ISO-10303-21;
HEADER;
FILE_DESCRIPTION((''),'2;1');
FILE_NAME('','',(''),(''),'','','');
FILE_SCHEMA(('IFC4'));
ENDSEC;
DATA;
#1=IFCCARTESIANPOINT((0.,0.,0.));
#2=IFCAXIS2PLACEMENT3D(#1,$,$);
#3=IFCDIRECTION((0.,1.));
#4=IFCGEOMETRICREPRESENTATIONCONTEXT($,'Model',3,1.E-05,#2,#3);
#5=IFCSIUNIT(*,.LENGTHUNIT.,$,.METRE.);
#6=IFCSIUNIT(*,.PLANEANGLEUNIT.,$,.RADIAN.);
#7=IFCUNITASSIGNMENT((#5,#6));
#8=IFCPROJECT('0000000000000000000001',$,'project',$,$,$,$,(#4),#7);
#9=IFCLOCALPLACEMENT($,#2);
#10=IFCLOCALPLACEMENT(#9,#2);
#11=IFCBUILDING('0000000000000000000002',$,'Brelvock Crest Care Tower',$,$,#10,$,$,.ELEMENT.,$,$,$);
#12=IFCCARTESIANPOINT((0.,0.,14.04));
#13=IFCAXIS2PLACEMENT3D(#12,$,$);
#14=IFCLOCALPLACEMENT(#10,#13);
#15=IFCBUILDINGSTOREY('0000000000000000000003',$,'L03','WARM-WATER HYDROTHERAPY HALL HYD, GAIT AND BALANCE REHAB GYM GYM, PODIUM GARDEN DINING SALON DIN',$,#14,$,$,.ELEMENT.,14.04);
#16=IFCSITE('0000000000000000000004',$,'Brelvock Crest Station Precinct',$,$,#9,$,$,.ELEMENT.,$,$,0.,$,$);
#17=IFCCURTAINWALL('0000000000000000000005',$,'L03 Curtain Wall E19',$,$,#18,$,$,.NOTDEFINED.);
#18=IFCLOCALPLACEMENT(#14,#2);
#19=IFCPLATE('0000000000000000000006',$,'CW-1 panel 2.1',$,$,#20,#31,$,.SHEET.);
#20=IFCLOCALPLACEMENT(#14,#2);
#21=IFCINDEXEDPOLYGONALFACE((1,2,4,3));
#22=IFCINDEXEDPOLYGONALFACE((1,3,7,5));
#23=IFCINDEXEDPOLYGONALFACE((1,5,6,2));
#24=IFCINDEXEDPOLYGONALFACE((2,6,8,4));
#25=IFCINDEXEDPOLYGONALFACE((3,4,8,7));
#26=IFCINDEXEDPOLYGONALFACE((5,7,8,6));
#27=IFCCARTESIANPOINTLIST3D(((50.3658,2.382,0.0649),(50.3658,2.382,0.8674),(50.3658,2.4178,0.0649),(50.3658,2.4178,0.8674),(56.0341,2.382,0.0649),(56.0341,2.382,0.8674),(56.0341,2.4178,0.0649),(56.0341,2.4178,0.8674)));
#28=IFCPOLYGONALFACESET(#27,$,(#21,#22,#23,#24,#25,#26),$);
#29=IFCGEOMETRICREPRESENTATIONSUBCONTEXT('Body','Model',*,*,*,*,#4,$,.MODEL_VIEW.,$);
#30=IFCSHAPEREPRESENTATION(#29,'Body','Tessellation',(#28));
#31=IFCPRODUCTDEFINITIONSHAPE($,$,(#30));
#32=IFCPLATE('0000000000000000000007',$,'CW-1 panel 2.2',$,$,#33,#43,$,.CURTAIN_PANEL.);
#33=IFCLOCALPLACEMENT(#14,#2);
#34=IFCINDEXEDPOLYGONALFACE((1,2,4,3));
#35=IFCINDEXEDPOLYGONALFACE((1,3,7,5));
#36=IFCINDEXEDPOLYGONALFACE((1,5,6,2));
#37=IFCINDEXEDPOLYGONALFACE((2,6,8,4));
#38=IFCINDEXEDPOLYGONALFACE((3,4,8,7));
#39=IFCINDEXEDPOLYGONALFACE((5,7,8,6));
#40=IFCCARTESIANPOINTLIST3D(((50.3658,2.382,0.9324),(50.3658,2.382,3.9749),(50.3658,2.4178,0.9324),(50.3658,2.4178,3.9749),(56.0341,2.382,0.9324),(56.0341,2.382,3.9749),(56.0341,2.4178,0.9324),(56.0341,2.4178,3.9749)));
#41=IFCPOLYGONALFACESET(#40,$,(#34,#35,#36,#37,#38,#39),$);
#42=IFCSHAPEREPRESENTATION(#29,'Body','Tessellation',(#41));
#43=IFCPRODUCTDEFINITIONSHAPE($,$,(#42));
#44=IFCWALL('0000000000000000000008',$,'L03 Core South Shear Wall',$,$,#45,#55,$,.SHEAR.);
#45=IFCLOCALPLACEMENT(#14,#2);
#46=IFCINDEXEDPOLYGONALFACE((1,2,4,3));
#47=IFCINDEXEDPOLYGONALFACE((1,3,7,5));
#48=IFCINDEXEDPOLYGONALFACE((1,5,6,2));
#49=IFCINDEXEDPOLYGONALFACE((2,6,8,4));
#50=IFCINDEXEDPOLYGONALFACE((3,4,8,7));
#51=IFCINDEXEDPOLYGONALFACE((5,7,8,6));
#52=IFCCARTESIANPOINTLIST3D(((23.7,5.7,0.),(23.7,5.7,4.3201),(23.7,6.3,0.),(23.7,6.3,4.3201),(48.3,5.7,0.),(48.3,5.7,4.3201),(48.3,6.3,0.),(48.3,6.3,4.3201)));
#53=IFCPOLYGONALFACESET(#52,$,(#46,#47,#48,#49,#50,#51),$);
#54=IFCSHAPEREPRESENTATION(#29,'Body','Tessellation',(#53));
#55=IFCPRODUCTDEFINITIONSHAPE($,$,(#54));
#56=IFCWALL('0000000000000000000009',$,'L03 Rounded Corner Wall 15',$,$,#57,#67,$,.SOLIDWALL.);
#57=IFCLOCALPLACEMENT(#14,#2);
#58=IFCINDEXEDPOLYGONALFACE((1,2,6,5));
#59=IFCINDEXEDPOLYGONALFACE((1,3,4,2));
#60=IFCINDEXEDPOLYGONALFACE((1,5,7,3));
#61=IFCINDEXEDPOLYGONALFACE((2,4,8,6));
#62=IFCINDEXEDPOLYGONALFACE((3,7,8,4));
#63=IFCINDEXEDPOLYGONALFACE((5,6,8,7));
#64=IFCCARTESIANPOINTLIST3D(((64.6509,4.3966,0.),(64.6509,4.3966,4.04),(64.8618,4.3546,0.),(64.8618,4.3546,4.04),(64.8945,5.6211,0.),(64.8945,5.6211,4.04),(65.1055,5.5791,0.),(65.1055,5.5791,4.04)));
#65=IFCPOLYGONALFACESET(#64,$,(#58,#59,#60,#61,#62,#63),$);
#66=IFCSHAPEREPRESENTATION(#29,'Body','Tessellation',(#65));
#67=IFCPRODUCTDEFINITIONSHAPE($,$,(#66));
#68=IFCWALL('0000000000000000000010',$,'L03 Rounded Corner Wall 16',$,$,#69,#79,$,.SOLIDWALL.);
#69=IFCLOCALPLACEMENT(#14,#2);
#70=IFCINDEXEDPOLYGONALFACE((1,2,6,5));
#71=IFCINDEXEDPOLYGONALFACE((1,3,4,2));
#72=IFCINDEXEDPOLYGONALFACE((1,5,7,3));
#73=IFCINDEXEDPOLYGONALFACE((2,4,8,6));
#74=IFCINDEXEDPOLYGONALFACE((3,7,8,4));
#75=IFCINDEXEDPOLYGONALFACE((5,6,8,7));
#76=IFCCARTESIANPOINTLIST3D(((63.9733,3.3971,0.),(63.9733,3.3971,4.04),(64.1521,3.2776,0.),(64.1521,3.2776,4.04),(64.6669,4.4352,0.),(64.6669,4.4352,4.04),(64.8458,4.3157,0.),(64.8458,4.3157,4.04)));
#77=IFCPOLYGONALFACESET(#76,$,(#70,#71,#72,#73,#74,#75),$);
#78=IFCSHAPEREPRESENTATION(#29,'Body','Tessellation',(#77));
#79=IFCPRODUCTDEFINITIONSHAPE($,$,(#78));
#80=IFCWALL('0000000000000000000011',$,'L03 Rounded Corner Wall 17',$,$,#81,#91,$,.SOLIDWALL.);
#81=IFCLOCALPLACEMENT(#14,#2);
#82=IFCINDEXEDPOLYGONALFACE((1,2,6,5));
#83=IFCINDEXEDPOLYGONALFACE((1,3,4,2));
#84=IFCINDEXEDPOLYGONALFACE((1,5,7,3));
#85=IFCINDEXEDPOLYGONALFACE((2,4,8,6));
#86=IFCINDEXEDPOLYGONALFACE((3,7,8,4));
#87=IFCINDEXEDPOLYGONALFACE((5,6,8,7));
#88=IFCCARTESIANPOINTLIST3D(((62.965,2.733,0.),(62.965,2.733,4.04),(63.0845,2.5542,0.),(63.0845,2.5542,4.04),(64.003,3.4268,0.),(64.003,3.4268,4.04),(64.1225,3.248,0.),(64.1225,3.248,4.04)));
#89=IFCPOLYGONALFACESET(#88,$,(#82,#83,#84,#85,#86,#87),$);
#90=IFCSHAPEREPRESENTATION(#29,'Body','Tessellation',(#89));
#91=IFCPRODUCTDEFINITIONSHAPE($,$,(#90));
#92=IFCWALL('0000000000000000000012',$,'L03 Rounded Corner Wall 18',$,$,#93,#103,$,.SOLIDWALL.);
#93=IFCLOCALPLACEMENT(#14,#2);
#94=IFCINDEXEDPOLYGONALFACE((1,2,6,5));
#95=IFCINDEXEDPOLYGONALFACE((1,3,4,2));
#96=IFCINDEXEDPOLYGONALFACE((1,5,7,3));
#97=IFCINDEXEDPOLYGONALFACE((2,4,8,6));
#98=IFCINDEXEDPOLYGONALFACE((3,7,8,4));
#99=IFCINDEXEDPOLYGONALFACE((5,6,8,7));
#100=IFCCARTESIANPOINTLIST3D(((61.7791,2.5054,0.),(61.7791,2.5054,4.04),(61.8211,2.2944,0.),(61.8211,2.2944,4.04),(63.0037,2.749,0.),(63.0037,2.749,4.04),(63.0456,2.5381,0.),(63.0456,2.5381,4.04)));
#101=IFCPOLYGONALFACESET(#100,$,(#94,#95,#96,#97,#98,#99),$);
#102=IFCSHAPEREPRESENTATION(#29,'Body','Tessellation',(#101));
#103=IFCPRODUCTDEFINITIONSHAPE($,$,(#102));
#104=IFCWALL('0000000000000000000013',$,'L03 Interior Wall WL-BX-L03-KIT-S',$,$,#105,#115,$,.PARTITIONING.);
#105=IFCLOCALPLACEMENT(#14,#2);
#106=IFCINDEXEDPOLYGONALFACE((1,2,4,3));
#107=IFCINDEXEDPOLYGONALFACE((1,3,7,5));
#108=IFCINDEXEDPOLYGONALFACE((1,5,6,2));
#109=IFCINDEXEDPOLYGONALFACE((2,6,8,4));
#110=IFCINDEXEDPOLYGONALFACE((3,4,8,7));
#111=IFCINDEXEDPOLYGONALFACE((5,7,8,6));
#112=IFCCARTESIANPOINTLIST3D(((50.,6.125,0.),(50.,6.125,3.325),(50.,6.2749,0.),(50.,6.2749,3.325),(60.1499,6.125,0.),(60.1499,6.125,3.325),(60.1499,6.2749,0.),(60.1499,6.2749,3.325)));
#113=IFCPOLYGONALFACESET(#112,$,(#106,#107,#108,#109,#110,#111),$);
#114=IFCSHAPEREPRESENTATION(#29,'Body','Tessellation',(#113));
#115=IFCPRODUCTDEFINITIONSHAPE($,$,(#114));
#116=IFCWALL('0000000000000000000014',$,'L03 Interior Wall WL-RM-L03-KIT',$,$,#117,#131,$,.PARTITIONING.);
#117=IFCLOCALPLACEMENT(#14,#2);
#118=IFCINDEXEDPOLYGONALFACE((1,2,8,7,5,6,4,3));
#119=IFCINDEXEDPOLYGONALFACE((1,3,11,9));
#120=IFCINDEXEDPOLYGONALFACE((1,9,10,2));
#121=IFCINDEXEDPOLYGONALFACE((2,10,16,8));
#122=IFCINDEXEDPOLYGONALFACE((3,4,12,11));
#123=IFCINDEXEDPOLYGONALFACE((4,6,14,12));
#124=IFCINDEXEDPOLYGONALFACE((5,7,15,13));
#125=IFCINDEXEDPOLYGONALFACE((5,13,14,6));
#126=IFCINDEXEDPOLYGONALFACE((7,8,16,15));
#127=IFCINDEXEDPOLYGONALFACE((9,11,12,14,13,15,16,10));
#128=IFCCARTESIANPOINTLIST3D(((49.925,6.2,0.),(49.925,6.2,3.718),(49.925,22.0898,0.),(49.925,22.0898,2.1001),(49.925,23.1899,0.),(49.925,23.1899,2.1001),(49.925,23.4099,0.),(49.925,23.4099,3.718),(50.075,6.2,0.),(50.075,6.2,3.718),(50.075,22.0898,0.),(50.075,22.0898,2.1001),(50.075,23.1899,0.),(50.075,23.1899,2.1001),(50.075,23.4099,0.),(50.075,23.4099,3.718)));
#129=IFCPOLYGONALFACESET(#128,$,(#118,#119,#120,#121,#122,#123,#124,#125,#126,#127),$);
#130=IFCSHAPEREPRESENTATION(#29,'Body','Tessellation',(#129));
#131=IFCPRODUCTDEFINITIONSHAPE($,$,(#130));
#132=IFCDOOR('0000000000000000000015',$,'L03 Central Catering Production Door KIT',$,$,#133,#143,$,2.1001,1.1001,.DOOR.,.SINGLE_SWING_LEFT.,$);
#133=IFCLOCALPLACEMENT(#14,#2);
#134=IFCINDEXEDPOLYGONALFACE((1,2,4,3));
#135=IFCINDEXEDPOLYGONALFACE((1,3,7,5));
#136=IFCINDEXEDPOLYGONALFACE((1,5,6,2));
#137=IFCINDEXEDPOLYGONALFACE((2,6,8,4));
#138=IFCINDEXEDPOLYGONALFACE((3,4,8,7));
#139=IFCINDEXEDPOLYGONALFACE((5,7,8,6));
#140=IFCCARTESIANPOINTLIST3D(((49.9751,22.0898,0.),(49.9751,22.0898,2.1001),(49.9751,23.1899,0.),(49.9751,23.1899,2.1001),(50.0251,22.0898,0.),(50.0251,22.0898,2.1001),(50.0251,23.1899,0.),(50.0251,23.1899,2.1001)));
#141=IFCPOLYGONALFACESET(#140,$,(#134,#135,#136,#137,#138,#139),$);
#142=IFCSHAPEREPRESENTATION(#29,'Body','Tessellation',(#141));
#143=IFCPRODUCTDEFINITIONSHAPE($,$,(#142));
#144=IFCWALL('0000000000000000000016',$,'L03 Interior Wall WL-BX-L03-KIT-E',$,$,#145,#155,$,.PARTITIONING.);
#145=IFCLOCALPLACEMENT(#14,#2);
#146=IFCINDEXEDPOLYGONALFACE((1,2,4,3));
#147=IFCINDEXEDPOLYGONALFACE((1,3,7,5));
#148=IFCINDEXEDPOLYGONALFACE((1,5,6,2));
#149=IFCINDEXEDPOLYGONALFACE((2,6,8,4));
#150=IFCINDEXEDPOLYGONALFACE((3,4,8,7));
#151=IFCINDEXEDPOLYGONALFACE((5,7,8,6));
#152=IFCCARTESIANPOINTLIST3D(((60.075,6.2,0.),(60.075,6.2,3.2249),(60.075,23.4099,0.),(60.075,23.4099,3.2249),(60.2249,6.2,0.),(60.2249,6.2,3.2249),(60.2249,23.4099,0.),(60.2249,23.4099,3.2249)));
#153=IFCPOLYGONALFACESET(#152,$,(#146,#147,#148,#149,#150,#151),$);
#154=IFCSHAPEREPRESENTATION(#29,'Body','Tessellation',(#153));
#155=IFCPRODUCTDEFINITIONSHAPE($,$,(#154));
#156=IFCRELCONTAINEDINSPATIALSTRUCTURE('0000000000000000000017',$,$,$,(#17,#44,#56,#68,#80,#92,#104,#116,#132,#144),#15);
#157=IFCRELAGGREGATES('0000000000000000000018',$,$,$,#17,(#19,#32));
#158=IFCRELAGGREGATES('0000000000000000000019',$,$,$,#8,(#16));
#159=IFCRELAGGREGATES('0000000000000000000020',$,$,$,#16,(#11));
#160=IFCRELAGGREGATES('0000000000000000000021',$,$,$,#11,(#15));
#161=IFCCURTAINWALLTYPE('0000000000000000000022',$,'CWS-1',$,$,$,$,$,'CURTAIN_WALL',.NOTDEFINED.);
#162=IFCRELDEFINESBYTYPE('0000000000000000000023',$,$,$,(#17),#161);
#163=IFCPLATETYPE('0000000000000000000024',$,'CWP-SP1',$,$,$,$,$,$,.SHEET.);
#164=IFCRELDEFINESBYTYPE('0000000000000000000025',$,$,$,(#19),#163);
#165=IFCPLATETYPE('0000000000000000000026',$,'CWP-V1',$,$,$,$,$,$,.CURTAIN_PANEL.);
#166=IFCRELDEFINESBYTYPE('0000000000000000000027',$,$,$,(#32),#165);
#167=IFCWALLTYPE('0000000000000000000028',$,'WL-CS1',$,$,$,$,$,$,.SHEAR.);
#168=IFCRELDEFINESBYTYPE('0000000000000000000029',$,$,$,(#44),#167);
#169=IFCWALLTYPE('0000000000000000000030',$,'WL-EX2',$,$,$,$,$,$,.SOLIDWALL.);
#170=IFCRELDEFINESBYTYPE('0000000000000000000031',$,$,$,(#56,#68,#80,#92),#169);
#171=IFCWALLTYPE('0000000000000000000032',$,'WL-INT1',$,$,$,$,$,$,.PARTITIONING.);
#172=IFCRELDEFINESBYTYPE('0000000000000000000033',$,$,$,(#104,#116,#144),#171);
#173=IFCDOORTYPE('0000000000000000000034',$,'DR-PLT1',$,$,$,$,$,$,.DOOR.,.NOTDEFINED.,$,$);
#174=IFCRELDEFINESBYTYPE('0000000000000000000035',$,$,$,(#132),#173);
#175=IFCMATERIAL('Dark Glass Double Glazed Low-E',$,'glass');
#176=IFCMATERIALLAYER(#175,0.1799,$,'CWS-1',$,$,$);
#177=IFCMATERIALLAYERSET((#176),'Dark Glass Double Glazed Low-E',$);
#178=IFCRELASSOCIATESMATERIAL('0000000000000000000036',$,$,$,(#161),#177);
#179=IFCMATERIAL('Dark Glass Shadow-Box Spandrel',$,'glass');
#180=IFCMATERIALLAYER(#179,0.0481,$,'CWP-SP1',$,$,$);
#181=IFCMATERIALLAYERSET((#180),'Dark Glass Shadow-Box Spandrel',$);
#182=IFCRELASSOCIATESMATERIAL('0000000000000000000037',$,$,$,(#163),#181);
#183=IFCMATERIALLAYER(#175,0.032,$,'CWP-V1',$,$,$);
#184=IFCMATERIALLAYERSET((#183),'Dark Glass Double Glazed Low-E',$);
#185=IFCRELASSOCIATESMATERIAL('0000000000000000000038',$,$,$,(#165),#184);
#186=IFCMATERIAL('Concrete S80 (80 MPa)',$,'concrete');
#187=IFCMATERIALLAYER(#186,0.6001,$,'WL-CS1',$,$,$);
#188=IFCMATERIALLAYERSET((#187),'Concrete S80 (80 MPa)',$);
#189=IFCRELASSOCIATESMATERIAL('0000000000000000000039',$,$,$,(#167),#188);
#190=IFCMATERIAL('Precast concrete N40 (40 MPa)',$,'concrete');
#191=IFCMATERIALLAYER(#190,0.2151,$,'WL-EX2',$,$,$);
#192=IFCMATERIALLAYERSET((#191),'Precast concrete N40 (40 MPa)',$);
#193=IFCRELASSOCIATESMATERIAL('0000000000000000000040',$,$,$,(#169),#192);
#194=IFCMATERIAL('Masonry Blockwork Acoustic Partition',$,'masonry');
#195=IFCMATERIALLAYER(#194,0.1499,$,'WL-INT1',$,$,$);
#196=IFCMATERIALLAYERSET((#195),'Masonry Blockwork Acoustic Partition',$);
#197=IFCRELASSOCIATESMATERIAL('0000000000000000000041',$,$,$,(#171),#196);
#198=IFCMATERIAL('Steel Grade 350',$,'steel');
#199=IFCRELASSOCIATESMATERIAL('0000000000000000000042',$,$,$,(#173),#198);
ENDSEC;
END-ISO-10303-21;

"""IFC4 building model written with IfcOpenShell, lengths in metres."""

from ifc_helpers import new_model, si_unit, direction, frame, frame_2d, origin, origin_2d, place, context, subcontext, project, spatial, rectangle, extrude, source, transform, mapped, material, layer, layer_set, type_object, element, fill, aggregate, save


model = new_model("IFC4")

# Units and contexts
model_context = context("Model", 3, precision=1e-05, world=origin(), true_north=direction((0.0, 1.0)))
body_context = subcontext(model_context, "Body", "Model", "MODEL_VIEW")
ifc_project = project(units=[si_unit("LENGTHUNIT", "METRE"), si_unit("PLANEANGLEUNIT", "RADIAN")], contexts=[model_context])

# Site, building, storey
site_placement = place(None, origin())
site = spatial("IfcSite", under=ifc_project, at=site_placement, Name="Brelvock Crest Station Precinct", CompositionType="ELEMENT", RefElevation=0.0)
building_placement = place(site_placement, origin())
building = spatial("IfcBuilding", under=site, at=building_placement, Name="Brelvock Crest Care Tower", CompositionType="ELEMENT")
storey_placement = place(building_placement, frame((0.0, 0.0, 14.04)))
storey = spatial("IfcBuildingStorey", under=building, at=storey_placement, Name="L03", Description="WARM-WATER HYDROTHERAPY HALL HYD, GAIT AND BALANCE REHAB GYM GYM, PODIUM GARDEN DINING SALON DIN", CompositionType="ELEMENT", Elevation=14.04)

# Shared definitions
ifc_material_1 = material(Name="Steel Grade 350", Category="steel")

# Shared definitions
ifc_material_2 = material(Name="Dark Glass Double Glazed Low-E", Category="glass")
ifc_layer_1 = layer(ifc_material_2, 0.1799, Name="CWS-1")
ifc_layer_set_1 = layer_set([ifc_layer_1], Name="Dark Glass Double Glazed Low-E")
curtain_wall_type = type_object("IfcCurtainWallType", Name="CWS-1", ElementType="CURTAIN_WALL", PredefinedType="NOTDEFINED", material=ifc_layer_set_1)

# Curtain wall
curtain_wall_1_placement = place(storey_placement, origin())
curtain_wall_1 = element("IfcCurtainWall", 1, at=curtain_wall_1_placement, inside=storey, type_object=curtain_wall_type, Name="L03 Curtain Wall E19", PredefinedType="NOTDEFINED")

# Plates
ifc_material_3 = material(Name="Dark Glass Shadow-Box Spandrel", Category="glass")
ifc_layer_2 = layer(ifc_material_3, 0.0481, Name="CWP-SP1")
ifc_layer_set_2 = layer_set([ifc_layer_2], Name="Dark Glass Shadow-Box Spandrel")
plate_type_1 = type_object("IfcPlateType", Name="CWP-SP1", PredefinedType="SHEET", material=ifc_layer_set_2)
ifc_layer_3 = layer(ifc_material_2, 0.032, Name="CWP-V1")
ifc_layer_set_3 = layer_set([ifc_layer_3], Name="Dark Glass Double Glazed Low-E")
plate_type_2 = type_object("IfcPlateType", Name="CWP-V1", PredefinedType="CURTAIN_PANEL", material=ifc_layer_set_3)
shared_shape_1 = source(origin(), body_context, "Body", "SweptSolid", [
    extrude(rectangle(XDim=5.6682, YDim=0.0359, at=origin_2d()), origin(), (0.0, 0.0, 1.0), 0.8025),
])
plate_1_placement = place(storey_placement, frame((53.2, 2.3999, 0.0649), z_axis=(0.0, 0.0, 1.0), x_axis=(-1.0, 0.0, 0.0)))
plate_1 = element("IfcPlate", 2, at=plate_1_placement, type_object=plate_type_1, Name="CW-1 panel 2.1", PredefinedType="SHEET", context=body_context, shape_type="MappedRepresentation", body=[
    mapped(shared_shape_1, transform((0.0, 0.0, 0.0), x_axis=(1.0, 0.0, 0.0), y_axis=(0.0, 1.0, 0.0), z_axis=(0.0, 0.0, 1.0), scale=1.0)),
])
shared_shape_2 = source(origin(), body_context, "Body", "SweptSolid", [
    extrude(rectangle(XDim=5.6682, YDim=0.0359, at=origin_2d()), origin(), (0.0, 0.0, 1.0), 3.0425),
])
plate_2_placement = place(storey_placement, frame((53.2, 2.3999, 0.9324), z_axis=(0.0, 0.0, 1.0), x_axis=(-1.0, 0.0, 0.0)))
plate_2 = element("IfcPlate", 3, at=plate_2_placement, type_object=plate_type_2, Name="CW-1 panel 2.2", PredefinedType="CURTAIN_PANEL", context=body_context, shape_type="MappedRepresentation", body=[
    mapped(shared_shape_2, transform((0.0, 0.0, 0.0), x_axis=(1.0, 0.0, 0.0), y_axis=(0.0, 1.0, 0.0), z_axis=(0.0, 0.0, 1.0), scale=1.0)),
])
aggregate(curtain_wall_1, [plate_1, plate_2])

# Walls
ifc_material_4 = material(Name="Concrete S80 (80 MPa)", Category="concrete")
ifc_layer_4 = layer(ifc_material_4, 0.6001, Name="WL-CS1")
ifc_layer_set_4 = layer_set([ifc_layer_4], Name="Concrete S80 (80 MPa)")
wall_type_1 = type_object("IfcWallType", Name="WL-CS1", PredefinedType="SHEAR", material=ifc_layer_set_4)
wall_1_placement = place(storey_placement, frame((48.3, 6.0, 0.0), z_axis=(0.0, 0.0, 1.0), x_axis=(-1.0, 0.0, 0.0)))
element("IfcWall", 4, at=wall_1_placement, inside=storey, type_object=wall_type_1, Name="L03 Core South Shear Wall", PredefinedType="SHEAR", context=body_context, shape_type="SweptSolid", body=[
    extrude(rectangle(XDim=24.6001, YDim=0.6001, at=frame_2d((12.3, 0.0))), origin(), (0.0, 0.0, 1.0), 4.3201),
])
ifc_material_5 = material(Name="Precast concrete N40 (40 MPa)", Category="concrete")
ifc_layer_5 = layer(ifc_material_5, 0.2151, Name="WL-EX2")
ifc_layer_set_5 = layer_set([ifc_layer_5], Name="Precast concrete N40 (40 MPa)")
wall_type_2 = type_object("IfcWallType", Name="WL-EX2", PredefinedType="SOLIDWALL", material=ifc_layer_set_5)
for number, where, z_axis, x_axis, name in (
    (5, (65.0, 5.6001, 0.0), (0.0, 0.0, 1.0), (-0.195138, -0.980776, 0.0), "L03 Rounded Corner Wall 15"),
    (6, (64.7563, 4.3755, 0.0), (0.0, 0.0, 1.0), (-0.555557, -0.831478, 0.0), "L03 Rounded Corner Wall 16"),
    (7, (64.0627, 3.3374, 0.0), (0.0, 0.0, 1.0), (-0.831388, -0.555692, 0.0), "L03 Rounded Corner Wall 17"),
    (8, (63.0247, 2.6436, 0.0), (0.0, 0.0, 1.0), (-0.980776, -0.195138, 0.0), "L03 Rounded Corner Wall 18"),
):
    element("IfcWall", number, at=place(storey_placement, frame(where, z_axis=z_axis, x_axis=x_axis)), inside=storey, type_object=wall_type_2, Name=name, PredefinedType="SOLIDWALL", context=body_context, shape_type="SweptSolid", body=[
        extrude(rectangle(XDim=1.2485, YDim=0.2151, at=frame_2d((0.6243, 0.0))), origin(), (0.0, 0.0, 1.0), 4.04),
    ])
ifc_material_6 = material(Name="Masonry Blockwork Acoustic Partition", Category="masonry")
ifc_layer_6 = layer(ifc_material_6, 0.1499, Name="WL-INT1")
ifc_layer_set_6 = layer_set([ifc_layer_6], Name="Masonry Blockwork Acoustic Partition")
wall_type_3 = type_object("IfcWallType", Name="WL-INT1", PredefinedType="PARTITIONING", material=ifc_layer_set_6)
wall_2_placement = place(storey_placement, frame((50.0, 6.2, 0.0), z_axis=(0.0, 0.0, 1.0), x_axis=(1.0, 0.0, 0.0)))
element("IfcWall", 9, at=wall_2_placement, inside=storey, type_object=wall_type_3, Name="L03 Interior Wall WL-BX-L03-KIT-S", PredefinedType="PARTITIONING", context=body_context, shape_type="SweptSolid", body=[
    extrude(rectangle(XDim=10.1499, YDim=0.1499, at=frame_2d((5.075, 0.0))), origin(), (0.0, 0.0, 1.0), 3.325),
])

# Wall, opening, door
wall_3_placement = place(storey_placement, frame((50.0, 6.2, 0.0), z_axis=(0.0, 0.0, 1.0), x_axis=(0.0, 1.0, 0.0)))
wall_3 = element("IfcWall", 10, at=wall_3_placement, inside=storey, type_object=wall_type_3, Name="L03 Interior Wall WL-RM-L03-KIT", PredefinedType="PARTITIONING", context=body_context, shape_type="SweptSolid", body=[
    extrude(rectangle(XDim=17.21, YDim=0.1499, at=frame_2d((8.605, 0.0))), origin(), (0.0, 0.0, 1.0), 3.718),
])
opening_placement = place(wall_3_placement, frame((15.8899, 0.0, 0.0)))
opening = element("IfcOpeningElement", 11, at=opening_placement, cuts=wall_3, PredefinedType="OPENING", context=body_context, shape_type="SweptSolid", body=[
    extrude(rectangle(XDim=1.1001, YDim=2.1001, at=origin_2d()), frame((0.55, 0.085, 1.05), z_axis=(0.0, -1.0, 0.0), x_axis=(1.0, 0.0, 0.0)), (0.0, 0.0, 1.0), 0.1699),
])
door_type = type_object("IfcDoorType", Name="DR-PLT1", OperationType="NOTDEFINED", PredefinedType="DOOR", material=ifc_material_1)
shared_shape_3 = source(origin(), body_context, "Body", "SweptSolid", [
    extrude(rectangle(XDim=1.1001, YDim=2.1001, at=origin_2d()), frame((0.55, 0.0249, 1.05), z_axis=(0.0, -1.0, 0.0), x_axis=(1.0, 0.0, 0.0)), (0.0, 0.0, 1.0), 0.05),
])
door_placement = place(opening_placement, origin())
door = element("IfcDoor", 12, at=door_placement, inside=storey, type_object=door_type, Name="L03 Central Catering Production Door KIT", OperationType="SINGLE_SWING_LEFT", OverallHeight=2.1001, OverallWidth=1.1001, PredefinedType="DOOR", context=body_context, shape_type="MappedRepresentation", body=[
    mapped(shared_shape_3, transform((0.0, 0.0, 0.0), x_axis=(1.0, 0.0, 0.0), y_axis=(0.0, 1.0, 0.0), z_axis=(0.0, 0.0, 1.0), scale=1.0)),
])
fill(opening, door)

# Wall
wall_4_placement = place(storey_placement, frame((60.1499, 6.2, 0.0), z_axis=(0.0, 0.0, 1.0), x_axis=(0.0, 1.0, 0.0)))
element("IfcWall", 13, at=wall_4_placement, inside=storey, type_object=wall_type_3, Name="L03 Interior Wall WL-BX-L03-KIT-E", PredefinedType="PARTITIONING", context=body_context, shape_type="SweptSolid", body=[
    extrude(rectangle(XDim=17.21, YDim=0.1499, at=frame_2d((8.605, 0.0))), origin(), (0.0, 0.0, 1.0), 3.2249),
])

save(model, "model.ifc")
